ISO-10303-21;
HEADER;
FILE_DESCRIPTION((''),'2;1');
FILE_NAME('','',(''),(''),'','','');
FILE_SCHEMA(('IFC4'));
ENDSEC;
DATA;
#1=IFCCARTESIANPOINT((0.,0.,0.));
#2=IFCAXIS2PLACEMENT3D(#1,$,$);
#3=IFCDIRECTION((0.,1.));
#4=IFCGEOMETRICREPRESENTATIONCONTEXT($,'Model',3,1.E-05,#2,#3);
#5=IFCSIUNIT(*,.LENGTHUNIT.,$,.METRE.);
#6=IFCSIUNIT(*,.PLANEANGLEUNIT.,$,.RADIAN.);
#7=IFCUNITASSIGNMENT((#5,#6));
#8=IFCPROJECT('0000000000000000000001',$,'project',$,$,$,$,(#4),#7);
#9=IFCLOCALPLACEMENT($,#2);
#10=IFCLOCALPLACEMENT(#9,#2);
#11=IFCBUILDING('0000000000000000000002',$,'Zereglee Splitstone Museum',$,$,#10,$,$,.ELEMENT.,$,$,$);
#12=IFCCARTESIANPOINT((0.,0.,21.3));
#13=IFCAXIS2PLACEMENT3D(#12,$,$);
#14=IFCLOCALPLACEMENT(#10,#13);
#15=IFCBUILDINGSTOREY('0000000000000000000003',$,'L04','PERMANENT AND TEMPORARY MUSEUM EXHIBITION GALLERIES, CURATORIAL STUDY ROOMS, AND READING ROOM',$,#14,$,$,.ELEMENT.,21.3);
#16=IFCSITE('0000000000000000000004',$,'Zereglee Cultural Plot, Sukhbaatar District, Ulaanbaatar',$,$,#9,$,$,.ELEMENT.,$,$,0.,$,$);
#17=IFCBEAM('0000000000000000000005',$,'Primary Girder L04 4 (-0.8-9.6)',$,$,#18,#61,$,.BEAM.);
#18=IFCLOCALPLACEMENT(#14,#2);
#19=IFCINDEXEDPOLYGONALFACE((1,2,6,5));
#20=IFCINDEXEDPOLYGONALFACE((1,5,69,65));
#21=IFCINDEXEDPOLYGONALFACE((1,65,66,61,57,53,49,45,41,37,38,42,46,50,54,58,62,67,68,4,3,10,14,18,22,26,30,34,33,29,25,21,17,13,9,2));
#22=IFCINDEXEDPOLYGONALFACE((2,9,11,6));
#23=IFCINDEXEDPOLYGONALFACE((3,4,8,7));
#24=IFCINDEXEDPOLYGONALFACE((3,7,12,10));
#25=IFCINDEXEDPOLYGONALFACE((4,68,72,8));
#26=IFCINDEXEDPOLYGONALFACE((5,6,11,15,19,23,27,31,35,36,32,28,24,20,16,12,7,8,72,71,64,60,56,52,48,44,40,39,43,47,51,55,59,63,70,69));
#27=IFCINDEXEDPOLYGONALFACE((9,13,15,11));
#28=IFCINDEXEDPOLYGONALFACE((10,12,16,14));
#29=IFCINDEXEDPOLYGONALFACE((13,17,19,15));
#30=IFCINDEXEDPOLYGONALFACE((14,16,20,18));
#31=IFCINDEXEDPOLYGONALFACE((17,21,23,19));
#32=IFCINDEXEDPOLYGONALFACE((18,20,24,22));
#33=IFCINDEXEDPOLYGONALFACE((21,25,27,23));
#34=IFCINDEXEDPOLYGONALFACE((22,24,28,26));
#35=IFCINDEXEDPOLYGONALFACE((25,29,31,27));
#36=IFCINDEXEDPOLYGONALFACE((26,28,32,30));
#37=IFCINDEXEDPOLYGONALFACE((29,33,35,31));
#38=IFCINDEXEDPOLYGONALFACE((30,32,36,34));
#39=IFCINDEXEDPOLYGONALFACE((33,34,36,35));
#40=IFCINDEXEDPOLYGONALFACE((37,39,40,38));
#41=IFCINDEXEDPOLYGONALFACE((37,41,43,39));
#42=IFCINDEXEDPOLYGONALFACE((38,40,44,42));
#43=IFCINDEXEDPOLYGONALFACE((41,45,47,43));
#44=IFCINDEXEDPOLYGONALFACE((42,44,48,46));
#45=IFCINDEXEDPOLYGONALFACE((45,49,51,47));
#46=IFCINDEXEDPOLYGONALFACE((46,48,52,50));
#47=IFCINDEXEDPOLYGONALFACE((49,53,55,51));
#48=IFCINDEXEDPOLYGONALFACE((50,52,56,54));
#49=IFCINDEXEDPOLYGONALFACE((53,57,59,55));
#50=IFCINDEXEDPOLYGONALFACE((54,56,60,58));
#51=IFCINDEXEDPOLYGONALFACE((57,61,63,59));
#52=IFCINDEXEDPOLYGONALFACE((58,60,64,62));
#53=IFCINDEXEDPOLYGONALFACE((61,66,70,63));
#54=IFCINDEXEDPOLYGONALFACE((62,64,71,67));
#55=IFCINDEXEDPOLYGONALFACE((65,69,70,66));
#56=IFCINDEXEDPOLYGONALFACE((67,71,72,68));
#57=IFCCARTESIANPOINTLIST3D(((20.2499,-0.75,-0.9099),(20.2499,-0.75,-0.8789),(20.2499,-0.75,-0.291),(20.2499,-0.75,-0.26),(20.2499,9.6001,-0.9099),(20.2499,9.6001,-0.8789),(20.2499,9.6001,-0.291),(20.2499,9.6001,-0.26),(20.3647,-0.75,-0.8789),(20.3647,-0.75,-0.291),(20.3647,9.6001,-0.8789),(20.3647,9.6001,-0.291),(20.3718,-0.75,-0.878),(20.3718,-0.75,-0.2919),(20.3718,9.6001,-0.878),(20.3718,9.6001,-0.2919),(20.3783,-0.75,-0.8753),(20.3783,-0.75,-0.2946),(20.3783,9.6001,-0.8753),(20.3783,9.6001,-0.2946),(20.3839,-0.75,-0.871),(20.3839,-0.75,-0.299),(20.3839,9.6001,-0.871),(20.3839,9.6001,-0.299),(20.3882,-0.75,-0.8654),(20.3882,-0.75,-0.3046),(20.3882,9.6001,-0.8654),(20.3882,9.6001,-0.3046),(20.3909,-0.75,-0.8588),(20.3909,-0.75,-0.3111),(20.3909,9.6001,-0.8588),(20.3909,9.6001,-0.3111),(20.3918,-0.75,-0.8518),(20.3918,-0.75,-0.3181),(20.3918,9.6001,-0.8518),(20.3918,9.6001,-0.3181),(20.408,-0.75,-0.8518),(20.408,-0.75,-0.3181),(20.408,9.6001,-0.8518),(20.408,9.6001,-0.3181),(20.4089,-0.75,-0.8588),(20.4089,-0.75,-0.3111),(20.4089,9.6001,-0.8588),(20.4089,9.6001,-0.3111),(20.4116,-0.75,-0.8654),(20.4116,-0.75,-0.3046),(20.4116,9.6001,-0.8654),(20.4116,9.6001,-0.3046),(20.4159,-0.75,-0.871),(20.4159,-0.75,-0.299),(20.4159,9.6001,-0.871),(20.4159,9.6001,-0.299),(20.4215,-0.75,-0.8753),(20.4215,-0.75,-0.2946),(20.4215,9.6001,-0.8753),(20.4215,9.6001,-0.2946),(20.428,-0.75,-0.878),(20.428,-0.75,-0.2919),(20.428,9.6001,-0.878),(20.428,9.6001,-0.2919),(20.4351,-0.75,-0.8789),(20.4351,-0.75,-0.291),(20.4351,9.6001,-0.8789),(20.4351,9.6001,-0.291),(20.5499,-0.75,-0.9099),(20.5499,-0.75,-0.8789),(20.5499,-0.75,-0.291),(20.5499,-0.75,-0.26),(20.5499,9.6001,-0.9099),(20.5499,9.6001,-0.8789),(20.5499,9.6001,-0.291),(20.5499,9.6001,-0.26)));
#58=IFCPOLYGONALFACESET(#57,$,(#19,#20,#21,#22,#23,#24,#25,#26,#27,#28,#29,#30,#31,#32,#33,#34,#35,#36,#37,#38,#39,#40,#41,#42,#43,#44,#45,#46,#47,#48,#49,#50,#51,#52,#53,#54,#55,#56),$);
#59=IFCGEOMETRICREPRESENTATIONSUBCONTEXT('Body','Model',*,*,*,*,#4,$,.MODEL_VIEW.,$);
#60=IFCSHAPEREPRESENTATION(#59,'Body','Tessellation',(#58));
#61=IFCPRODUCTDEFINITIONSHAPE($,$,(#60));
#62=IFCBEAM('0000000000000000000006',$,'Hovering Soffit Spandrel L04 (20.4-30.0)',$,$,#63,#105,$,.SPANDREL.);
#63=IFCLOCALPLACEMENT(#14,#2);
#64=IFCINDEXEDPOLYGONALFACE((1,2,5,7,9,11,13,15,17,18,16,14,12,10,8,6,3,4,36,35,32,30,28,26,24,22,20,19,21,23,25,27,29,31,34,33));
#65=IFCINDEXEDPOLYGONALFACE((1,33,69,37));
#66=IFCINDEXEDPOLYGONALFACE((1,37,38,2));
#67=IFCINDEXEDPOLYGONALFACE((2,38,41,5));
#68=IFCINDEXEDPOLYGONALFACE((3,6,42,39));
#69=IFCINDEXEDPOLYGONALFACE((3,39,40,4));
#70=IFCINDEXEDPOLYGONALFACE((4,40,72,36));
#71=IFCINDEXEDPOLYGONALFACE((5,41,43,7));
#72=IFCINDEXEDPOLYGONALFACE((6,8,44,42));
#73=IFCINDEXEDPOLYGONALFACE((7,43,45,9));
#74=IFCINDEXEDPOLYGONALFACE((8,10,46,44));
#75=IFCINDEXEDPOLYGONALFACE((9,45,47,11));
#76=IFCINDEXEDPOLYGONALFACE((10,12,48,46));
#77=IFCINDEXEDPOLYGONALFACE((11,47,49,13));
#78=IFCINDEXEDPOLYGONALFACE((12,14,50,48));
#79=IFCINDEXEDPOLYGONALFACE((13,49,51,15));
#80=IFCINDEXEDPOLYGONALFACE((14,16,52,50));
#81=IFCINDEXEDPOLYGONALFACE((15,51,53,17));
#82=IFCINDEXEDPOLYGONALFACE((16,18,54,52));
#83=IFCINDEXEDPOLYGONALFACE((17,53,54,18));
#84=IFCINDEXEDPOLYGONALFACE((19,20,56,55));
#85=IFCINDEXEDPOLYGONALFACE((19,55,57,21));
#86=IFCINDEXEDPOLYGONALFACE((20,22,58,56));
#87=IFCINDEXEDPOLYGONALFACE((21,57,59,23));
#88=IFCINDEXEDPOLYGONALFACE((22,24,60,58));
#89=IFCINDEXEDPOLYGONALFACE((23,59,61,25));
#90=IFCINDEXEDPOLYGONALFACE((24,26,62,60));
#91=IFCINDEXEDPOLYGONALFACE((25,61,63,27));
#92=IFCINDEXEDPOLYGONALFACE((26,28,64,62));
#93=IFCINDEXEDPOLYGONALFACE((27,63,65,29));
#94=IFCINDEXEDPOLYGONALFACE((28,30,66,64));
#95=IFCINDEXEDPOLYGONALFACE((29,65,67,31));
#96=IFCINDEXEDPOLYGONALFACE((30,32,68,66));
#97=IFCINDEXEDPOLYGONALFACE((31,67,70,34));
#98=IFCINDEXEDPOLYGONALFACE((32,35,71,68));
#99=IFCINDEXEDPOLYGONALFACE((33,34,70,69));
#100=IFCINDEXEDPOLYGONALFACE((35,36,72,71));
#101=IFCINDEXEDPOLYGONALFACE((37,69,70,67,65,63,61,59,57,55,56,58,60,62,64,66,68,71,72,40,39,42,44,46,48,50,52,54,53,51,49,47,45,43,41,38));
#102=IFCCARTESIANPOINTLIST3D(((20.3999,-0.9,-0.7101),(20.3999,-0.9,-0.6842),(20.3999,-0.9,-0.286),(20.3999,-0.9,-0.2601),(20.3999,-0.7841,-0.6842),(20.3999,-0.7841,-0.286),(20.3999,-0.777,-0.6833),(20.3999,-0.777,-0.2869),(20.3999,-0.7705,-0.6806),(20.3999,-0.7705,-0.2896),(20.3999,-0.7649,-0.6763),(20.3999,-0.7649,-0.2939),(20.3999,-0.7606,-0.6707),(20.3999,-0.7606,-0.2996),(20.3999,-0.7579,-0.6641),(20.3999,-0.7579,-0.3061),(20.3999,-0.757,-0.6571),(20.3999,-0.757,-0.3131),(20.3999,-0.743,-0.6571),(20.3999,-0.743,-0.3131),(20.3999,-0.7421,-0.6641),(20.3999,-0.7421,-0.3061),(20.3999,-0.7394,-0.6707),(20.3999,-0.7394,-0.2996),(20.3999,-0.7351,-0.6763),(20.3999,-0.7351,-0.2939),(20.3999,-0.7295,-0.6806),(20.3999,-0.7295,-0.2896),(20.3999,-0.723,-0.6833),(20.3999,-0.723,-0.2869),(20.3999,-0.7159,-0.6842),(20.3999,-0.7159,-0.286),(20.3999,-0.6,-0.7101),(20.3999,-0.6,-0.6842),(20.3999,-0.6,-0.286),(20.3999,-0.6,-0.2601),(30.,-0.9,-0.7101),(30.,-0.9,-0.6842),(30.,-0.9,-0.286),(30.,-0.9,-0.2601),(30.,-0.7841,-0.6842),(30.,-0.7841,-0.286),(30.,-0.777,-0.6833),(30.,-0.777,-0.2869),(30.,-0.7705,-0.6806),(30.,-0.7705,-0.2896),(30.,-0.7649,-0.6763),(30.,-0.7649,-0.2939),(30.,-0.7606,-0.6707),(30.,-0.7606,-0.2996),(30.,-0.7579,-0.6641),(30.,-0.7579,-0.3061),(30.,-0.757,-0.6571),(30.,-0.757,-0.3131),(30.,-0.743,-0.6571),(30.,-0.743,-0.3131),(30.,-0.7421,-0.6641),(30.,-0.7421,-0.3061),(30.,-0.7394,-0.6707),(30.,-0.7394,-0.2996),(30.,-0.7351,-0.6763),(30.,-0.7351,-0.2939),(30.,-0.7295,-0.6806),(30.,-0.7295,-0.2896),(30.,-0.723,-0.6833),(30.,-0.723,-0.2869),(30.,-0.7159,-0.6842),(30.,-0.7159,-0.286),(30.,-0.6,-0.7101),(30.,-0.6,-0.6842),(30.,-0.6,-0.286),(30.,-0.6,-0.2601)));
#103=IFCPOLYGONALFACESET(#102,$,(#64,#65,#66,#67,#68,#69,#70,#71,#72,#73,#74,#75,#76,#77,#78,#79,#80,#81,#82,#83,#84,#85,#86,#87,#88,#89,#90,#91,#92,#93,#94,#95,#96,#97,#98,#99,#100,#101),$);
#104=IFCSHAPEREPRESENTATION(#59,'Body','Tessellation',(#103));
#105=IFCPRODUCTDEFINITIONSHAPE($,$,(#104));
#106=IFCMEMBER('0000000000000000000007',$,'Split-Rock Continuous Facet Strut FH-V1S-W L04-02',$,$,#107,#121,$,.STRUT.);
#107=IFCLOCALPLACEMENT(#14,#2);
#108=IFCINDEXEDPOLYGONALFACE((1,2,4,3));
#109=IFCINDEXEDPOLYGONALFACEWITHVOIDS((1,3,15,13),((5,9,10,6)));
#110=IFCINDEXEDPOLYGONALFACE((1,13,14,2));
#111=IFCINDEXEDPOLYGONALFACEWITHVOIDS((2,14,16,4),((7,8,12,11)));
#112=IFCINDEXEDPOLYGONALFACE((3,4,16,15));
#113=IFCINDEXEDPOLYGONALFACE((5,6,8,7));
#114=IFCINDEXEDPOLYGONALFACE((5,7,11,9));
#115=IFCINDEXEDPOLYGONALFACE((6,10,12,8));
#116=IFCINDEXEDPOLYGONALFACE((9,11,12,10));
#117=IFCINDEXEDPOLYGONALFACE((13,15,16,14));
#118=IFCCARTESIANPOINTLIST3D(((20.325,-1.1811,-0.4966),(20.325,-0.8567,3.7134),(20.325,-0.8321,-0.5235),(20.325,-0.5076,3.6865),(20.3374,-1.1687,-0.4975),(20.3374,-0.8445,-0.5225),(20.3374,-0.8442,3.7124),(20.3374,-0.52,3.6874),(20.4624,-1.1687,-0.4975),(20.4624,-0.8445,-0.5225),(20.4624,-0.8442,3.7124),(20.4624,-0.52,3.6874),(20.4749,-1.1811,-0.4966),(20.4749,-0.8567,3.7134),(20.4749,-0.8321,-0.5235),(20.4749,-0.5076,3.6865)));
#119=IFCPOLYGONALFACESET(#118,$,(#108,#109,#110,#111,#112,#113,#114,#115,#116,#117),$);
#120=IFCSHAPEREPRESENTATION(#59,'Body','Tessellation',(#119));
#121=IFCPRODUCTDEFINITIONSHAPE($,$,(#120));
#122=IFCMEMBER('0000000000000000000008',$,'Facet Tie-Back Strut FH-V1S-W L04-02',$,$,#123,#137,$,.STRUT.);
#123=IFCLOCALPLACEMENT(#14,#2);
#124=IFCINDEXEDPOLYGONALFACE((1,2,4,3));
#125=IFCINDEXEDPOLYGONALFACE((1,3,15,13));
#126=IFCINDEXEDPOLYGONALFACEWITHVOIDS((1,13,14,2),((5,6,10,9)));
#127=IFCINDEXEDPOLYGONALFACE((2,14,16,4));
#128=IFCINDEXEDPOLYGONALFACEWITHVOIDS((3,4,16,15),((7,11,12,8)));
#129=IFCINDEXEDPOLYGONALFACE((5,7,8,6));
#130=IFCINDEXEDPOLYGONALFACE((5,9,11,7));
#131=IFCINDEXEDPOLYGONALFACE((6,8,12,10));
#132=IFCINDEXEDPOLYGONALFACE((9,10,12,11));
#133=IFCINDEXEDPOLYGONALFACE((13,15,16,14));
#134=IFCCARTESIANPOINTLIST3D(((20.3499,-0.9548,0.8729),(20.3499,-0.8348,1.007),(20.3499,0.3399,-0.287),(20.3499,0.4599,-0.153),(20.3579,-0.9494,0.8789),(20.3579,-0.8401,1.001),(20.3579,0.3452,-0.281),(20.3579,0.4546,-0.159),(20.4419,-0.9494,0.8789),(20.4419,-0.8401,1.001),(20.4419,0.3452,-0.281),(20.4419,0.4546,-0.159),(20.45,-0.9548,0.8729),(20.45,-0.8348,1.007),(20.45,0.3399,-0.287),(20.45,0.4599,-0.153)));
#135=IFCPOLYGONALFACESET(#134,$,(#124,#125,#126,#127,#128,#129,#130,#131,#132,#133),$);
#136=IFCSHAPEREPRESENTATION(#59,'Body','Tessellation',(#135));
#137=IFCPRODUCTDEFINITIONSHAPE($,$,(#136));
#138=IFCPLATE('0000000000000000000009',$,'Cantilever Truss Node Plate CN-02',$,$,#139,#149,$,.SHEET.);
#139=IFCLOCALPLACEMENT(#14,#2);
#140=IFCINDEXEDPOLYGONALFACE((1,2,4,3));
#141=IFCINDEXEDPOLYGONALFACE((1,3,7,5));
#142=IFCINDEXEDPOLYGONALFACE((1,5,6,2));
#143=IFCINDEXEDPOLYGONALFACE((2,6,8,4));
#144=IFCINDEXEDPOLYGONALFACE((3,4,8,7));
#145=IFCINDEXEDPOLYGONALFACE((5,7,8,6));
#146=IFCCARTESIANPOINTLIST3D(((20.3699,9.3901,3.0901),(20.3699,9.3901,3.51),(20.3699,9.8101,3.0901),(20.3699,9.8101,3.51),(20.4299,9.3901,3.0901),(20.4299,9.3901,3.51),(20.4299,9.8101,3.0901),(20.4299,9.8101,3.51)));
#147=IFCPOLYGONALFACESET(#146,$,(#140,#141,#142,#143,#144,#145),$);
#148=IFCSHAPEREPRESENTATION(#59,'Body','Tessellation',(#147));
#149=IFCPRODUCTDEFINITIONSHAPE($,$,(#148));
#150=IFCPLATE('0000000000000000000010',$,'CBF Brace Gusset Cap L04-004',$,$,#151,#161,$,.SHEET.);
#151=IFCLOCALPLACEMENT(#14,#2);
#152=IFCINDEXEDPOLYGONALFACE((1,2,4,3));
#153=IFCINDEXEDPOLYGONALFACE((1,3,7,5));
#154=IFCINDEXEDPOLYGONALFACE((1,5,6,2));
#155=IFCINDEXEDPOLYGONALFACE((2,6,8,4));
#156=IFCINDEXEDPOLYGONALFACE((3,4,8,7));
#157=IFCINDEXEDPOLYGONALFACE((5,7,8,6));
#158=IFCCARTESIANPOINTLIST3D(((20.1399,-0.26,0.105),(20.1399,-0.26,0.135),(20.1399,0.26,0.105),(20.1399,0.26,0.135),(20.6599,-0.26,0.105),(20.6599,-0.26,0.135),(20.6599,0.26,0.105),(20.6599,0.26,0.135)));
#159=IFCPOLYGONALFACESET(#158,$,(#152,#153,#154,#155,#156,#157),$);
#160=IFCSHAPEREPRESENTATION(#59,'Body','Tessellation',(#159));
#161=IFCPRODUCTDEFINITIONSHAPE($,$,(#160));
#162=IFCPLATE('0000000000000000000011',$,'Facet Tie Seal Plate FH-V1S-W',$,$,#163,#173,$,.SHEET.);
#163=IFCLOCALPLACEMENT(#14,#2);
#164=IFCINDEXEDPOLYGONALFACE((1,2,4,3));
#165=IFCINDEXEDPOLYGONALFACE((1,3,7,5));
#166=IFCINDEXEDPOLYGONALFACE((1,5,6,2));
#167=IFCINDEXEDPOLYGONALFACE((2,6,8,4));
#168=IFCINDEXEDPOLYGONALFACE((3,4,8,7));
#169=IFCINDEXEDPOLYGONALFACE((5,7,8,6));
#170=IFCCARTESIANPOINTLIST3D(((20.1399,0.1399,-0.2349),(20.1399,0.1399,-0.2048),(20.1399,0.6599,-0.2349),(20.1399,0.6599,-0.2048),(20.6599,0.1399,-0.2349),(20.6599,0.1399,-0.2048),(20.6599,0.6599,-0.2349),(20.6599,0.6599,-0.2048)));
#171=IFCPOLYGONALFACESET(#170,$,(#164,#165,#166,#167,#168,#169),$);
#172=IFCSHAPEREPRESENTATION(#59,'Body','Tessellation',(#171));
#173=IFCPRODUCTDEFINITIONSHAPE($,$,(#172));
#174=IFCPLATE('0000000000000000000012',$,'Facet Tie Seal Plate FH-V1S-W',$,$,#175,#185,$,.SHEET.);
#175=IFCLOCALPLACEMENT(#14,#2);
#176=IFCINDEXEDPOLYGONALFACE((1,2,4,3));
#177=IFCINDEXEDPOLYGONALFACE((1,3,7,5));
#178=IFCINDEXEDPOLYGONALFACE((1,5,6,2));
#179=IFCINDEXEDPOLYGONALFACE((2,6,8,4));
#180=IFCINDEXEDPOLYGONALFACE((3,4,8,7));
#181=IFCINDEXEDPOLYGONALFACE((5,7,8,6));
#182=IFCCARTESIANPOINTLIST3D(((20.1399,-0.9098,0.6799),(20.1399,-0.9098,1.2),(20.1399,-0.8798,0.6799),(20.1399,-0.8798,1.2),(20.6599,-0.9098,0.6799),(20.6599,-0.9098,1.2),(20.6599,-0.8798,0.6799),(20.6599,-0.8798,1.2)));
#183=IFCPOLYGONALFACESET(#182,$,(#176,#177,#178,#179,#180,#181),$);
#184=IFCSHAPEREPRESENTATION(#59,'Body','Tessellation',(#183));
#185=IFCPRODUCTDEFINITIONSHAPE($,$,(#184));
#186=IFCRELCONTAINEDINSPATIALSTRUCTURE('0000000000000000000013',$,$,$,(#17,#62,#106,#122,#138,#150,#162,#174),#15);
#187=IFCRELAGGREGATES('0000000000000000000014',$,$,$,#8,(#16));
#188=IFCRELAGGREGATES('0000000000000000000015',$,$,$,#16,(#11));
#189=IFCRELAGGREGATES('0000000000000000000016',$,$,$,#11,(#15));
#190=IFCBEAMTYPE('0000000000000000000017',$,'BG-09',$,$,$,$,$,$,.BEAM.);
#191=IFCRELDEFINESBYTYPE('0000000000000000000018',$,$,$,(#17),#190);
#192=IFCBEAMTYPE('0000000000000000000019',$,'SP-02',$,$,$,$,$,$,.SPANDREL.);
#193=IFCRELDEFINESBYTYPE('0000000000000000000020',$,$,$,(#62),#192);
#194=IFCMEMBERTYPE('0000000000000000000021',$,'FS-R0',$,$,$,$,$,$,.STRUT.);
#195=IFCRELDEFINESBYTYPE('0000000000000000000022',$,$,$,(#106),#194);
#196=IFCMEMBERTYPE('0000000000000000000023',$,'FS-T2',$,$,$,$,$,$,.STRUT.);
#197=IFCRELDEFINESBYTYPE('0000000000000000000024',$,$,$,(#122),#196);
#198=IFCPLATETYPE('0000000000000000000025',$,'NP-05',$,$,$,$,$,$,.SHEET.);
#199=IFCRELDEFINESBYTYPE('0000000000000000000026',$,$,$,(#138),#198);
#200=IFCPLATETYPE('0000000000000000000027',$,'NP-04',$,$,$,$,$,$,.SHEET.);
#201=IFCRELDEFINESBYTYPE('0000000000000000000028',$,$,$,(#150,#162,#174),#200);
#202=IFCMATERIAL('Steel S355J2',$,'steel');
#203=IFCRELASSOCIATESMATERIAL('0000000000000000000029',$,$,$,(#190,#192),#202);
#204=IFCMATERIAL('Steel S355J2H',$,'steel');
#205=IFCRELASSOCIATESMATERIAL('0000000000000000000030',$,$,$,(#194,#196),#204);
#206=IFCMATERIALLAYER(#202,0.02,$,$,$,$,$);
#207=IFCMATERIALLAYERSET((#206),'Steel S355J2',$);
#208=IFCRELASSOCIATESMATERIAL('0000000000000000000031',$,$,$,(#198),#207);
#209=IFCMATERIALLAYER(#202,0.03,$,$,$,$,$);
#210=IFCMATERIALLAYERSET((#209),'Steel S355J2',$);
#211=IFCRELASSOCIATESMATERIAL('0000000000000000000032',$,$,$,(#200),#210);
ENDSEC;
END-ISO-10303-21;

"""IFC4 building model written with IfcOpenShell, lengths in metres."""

from ifc_helpers import new_model, si_unit, direction, frame, origin, origin_2d, place, context, subcontext, project, spatial, rectangle, hollow_rectangle, i_section, extrude, material, layer, layer_set, material_profile, profile_set, type_object, element, save


model = new_model("IFC4")

# Units and contexts
model_context = context("Model", 3, precision=1e-05, world=origin(), true_north=direction((0.0, 1.0)))
body_context = subcontext(model_context, "Body", "Model", "MODEL_VIEW")
ifc_project = project(units=[si_unit("LENGTHUNIT", "METRE"), si_unit("PLANEANGLEUNIT", "RADIAN")], contexts=[model_context])

# Site, building, storey
site_placement = place(None, origin())
site = spatial("IfcSite", under=ifc_project, at=site_placement, Name="Zereglee Cultural Plot, Sukhbaatar District, Ulaanbaatar", CompositionType="ELEMENT", RefElevation=0.0)
building_placement = place(site_placement, origin())
building = spatial("IfcBuilding", under=site, at=building_placement, Name="Zereglee Splitstone Museum", CompositionType="ELEMENT")
storey_placement = place(building_placement, frame((0.0, 0.0, 21.3)))
storey = spatial("IfcBuildingStorey", under=building, at=storey_placement, Name="L04", Description="PERMANENT AND TEMPORARY MUSEUM EXHIBITION GALLERIES, CURATORIAL STUDY ROOMS, AND READING ROOM", CompositionType="ELEMENT", Elevation=21.3)

# Shared definitions
ifc_material_1 = material(Name="Steel S355J2H", Category="steel")

# Beams
ifc_material_2 = material(Name="Steel S355J2", Category="steel")
ifc_material_profile_1 = material_profile(ifc_material_2, i_section(OverallWidth=0.3, OverallDepth=0.6499, WebThickness=0.0161, FlangeThickness=0.031, FilletRadius=0.0271, at=origin_2d()), Name="HE 650 B")
ifc_profile_set_1 = profile_set([ifc_material_profile_1], Name="Steel S355J2")
beam_type_1 = type_object("IfcBeamType", Name="BG-09", PredefinedType="BEAM", material=ifc_profile_set_1)
beam_1_placement = place(storey_placement, frame((20.3999, -0.75, -0.585), z_axis=(0.0, 1.0, 0.0), x_axis=(-1.0, 0.0, 0.0)))
element("IfcBeam", 1, at=beam_1_placement, inside=storey, type_object=beam_type_1, Name="Primary Girder L04 4 (-0.8-9.6)", PredefinedType="BEAM", context=body_context, shape_type="SweptSolid", body=[
    extrude(i_section(OverallWidth=0.3, OverallDepth=0.6499, WebThickness=0.0161, FlangeThickness=0.031, FilletRadius=0.0271, at=origin_2d()), origin(), (0.0, 0.0, 1.0), 10.3501),
])
ifc_material_profile_2 = material_profile(ifc_material_2, i_section(OverallWidth=0.3, OverallDepth=0.45, WebThickness=0.0139, FlangeThickness=0.0259, FilletRadius=0.0271, at=origin_2d()), Name="HE 450 B")
ifc_profile_set_2 = profile_set([ifc_material_profile_2], Name="Steel S355J2")
beam_type_2 = type_object("IfcBeamType", Name="SP-02", PredefinedType="SPANDREL", material=ifc_profile_set_2)
beam_2_placement = place(storey_placement, frame((20.3999, -0.75, -0.4851), z_axis=(1.0, 0.0, 0.0), x_axis=(0.0, 1.0, 0.0)))
element("IfcBeam", 2, at=beam_2_placement, inside=storey, type_object=beam_type_2, Name="Hovering Soffit Spandrel L04 (20.4-30.0)", PredefinedType="SPANDREL", context=body_context, shape_type="SweptSolid", body=[
    extrude(i_section(OverallWidth=0.3, OverallDepth=0.45, WebThickness=0.0139, FlangeThickness=0.0259, FilletRadius=0.0271, at=origin_2d()), origin(), (0.0, 0.0, 1.0), 9.6001),
])

# Members
ifc_material_profile_3 = material_profile(ifc_material_1, hollow_rectangle(XDim=0.1499, YDim=0.3501, WallThickness=0.0125, at=origin_2d()), Name="RHS 350x150x12.5")
ifc_profile_set_3 = profile_set([ifc_material_profile_3], Name="Steel S355J2H")
member_type_1 = type_object("IfcMemberType", Name="FS-R0", PredefinedType="STRUT", material=ifc_profile_set_3)
member_1_placement = place(storey_placement, frame((20.3999, -1.0066, -0.51), z_axis=(0.0, 0.076842, 0.997043), x_axis=(-1.0, 0.0, 0.0)))
element("IfcMember", 3, at=member_1_placement, inside=storey, type_object=member_type_1, Name="Split-Rock Continuous Facet Strut FH-V1S-W L04-02", PredefinedType="STRUT", context=body_context, shape_type="SweptSolid", body=[
    extrude(hollow_rectangle(XDim=0.1499, YDim=0.3501, WallThickness=0.0125, at=origin_2d()), origin(), (0.0, 0.0, 1.0), 4.2224),
])
ifc_material_profile_4 = material_profile(ifc_material_1, hollow_rectangle(XDim=0.1001, YDim=0.1799, WallThickness=0.0081, at=origin_2d()), Name="RHS 180x100x8")
ifc_profile_set_4 = profile_set([ifc_material_profile_4], Name="Steel S355J2H")
member_type_2 = type_object("IfcMemberType", Name="FS-T2", PredefinedType="STRUT", material=ifc_profile_set_4)
member_2_placement = place(storey_placement, frame((20.3999, 0.3999, -0.22), z_axis=(0.0, -0.744808, 0.667279), x_axis=(1.0, 0.0, 0.0)))
element("IfcMember", 4, at=member_2_placement, inside=storey, type_object=member_type_2, Name="Facet Tie-Back Strut FH-V1S-W L04-02", PredefinedType="STRUT", context=body_context, shape_type="SweptSolid", body=[
    extrude(hollow_rectangle(XDim=0.1001, YDim=0.1799, WallThickness=0.0081, at=origin_2d()), origin(), (0.0, 0.0, 1.0), 1.7383),
])

# Plates
ifc_layer_1 = layer(ifc_material_2, 0.02)
ifc_layer_set_1 = layer_set([ifc_layer_1], Name="Steel S355J2")
plate_type_1 = type_object("IfcPlateType", Name="NP-05", PredefinedType="SHEET", material=ifc_layer_set_1)
plate_1_placement = place(storey_placement, frame((20.3999, 9.6001, 3.0901), z_axis=(0.0, 0.0, 1.0), x_axis=(1.0, 0.0, 0.0)))
element("IfcPlate", 5, at=plate_1_placement, inside=storey, type_object=plate_type_1, Name="Cantilever Truss Node Plate CN-02", PredefinedType="SHEET", context=body_context, shape_type="SweptSolid", body=[
    extrude(rectangle(XDim=0.0601, YDim=0.4199, at=origin_2d()), origin(), (0.0, 0.0, 1.0), 0.4199),
])
ifc_layer_2 = layer(ifc_material_2, 0.03)
ifc_layer_set_2 = layer_set([ifc_layer_2], Name="Steel S355J2")
plate_type_2 = type_object("IfcPlateType", Name="NP-04", PredefinedType="SHEET", material=ifc_layer_set_2)
for number, where, z_axis, x_axis, name in (
    (6, (20.3999, 0.0, 0.105), (0.0, 0.0, 1.0), (1.0, 0.0, 0.0), "CBF Brace Gusset Cap L04-004"),
    (7, (20.3999, 0.3999, -0.2349), (0.0, 0.0, 1.0), (1.0, 0.0, 0.0), "Facet Tie Seal Plate FH-V1S-W"),
):
    element("IfcPlate", number, at=place(storey_placement, frame(where, z_axis=z_axis, x_axis=x_axis)), inside=storey, type_object=plate_type_2, Name=name, PredefinedType="SHEET", context=body_context, shape_type="SweptSolid", body=[
        extrude(rectangle(XDim=0.52, YDim=0.52, at=origin_2d()), origin(), (0.0, 0.0, 1.0), 0.03),
    ])
plate_2_placement = place(storey_placement, frame((20.3999, -0.8948, 0.6799), z_axis=(0.0, 0.0, 1.0), x_axis=(1.0, 0.0, 0.0)))
element("IfcPlate", 8, at=plate_2_placement, inside=storey, type_object=plate_type_2, Name="Facet Tie Seal Plate FH-V1S-W", PredefinedType="SHEET", context=body_context, shape_type="SweptSolid", body=[
    extrude(rectangle(XDim=0.52, YDim=0.03, at=origin_2d()), origin(), (0.0, 0.0, 1.0), 0.52),
])

save(model, "model.ifc")
